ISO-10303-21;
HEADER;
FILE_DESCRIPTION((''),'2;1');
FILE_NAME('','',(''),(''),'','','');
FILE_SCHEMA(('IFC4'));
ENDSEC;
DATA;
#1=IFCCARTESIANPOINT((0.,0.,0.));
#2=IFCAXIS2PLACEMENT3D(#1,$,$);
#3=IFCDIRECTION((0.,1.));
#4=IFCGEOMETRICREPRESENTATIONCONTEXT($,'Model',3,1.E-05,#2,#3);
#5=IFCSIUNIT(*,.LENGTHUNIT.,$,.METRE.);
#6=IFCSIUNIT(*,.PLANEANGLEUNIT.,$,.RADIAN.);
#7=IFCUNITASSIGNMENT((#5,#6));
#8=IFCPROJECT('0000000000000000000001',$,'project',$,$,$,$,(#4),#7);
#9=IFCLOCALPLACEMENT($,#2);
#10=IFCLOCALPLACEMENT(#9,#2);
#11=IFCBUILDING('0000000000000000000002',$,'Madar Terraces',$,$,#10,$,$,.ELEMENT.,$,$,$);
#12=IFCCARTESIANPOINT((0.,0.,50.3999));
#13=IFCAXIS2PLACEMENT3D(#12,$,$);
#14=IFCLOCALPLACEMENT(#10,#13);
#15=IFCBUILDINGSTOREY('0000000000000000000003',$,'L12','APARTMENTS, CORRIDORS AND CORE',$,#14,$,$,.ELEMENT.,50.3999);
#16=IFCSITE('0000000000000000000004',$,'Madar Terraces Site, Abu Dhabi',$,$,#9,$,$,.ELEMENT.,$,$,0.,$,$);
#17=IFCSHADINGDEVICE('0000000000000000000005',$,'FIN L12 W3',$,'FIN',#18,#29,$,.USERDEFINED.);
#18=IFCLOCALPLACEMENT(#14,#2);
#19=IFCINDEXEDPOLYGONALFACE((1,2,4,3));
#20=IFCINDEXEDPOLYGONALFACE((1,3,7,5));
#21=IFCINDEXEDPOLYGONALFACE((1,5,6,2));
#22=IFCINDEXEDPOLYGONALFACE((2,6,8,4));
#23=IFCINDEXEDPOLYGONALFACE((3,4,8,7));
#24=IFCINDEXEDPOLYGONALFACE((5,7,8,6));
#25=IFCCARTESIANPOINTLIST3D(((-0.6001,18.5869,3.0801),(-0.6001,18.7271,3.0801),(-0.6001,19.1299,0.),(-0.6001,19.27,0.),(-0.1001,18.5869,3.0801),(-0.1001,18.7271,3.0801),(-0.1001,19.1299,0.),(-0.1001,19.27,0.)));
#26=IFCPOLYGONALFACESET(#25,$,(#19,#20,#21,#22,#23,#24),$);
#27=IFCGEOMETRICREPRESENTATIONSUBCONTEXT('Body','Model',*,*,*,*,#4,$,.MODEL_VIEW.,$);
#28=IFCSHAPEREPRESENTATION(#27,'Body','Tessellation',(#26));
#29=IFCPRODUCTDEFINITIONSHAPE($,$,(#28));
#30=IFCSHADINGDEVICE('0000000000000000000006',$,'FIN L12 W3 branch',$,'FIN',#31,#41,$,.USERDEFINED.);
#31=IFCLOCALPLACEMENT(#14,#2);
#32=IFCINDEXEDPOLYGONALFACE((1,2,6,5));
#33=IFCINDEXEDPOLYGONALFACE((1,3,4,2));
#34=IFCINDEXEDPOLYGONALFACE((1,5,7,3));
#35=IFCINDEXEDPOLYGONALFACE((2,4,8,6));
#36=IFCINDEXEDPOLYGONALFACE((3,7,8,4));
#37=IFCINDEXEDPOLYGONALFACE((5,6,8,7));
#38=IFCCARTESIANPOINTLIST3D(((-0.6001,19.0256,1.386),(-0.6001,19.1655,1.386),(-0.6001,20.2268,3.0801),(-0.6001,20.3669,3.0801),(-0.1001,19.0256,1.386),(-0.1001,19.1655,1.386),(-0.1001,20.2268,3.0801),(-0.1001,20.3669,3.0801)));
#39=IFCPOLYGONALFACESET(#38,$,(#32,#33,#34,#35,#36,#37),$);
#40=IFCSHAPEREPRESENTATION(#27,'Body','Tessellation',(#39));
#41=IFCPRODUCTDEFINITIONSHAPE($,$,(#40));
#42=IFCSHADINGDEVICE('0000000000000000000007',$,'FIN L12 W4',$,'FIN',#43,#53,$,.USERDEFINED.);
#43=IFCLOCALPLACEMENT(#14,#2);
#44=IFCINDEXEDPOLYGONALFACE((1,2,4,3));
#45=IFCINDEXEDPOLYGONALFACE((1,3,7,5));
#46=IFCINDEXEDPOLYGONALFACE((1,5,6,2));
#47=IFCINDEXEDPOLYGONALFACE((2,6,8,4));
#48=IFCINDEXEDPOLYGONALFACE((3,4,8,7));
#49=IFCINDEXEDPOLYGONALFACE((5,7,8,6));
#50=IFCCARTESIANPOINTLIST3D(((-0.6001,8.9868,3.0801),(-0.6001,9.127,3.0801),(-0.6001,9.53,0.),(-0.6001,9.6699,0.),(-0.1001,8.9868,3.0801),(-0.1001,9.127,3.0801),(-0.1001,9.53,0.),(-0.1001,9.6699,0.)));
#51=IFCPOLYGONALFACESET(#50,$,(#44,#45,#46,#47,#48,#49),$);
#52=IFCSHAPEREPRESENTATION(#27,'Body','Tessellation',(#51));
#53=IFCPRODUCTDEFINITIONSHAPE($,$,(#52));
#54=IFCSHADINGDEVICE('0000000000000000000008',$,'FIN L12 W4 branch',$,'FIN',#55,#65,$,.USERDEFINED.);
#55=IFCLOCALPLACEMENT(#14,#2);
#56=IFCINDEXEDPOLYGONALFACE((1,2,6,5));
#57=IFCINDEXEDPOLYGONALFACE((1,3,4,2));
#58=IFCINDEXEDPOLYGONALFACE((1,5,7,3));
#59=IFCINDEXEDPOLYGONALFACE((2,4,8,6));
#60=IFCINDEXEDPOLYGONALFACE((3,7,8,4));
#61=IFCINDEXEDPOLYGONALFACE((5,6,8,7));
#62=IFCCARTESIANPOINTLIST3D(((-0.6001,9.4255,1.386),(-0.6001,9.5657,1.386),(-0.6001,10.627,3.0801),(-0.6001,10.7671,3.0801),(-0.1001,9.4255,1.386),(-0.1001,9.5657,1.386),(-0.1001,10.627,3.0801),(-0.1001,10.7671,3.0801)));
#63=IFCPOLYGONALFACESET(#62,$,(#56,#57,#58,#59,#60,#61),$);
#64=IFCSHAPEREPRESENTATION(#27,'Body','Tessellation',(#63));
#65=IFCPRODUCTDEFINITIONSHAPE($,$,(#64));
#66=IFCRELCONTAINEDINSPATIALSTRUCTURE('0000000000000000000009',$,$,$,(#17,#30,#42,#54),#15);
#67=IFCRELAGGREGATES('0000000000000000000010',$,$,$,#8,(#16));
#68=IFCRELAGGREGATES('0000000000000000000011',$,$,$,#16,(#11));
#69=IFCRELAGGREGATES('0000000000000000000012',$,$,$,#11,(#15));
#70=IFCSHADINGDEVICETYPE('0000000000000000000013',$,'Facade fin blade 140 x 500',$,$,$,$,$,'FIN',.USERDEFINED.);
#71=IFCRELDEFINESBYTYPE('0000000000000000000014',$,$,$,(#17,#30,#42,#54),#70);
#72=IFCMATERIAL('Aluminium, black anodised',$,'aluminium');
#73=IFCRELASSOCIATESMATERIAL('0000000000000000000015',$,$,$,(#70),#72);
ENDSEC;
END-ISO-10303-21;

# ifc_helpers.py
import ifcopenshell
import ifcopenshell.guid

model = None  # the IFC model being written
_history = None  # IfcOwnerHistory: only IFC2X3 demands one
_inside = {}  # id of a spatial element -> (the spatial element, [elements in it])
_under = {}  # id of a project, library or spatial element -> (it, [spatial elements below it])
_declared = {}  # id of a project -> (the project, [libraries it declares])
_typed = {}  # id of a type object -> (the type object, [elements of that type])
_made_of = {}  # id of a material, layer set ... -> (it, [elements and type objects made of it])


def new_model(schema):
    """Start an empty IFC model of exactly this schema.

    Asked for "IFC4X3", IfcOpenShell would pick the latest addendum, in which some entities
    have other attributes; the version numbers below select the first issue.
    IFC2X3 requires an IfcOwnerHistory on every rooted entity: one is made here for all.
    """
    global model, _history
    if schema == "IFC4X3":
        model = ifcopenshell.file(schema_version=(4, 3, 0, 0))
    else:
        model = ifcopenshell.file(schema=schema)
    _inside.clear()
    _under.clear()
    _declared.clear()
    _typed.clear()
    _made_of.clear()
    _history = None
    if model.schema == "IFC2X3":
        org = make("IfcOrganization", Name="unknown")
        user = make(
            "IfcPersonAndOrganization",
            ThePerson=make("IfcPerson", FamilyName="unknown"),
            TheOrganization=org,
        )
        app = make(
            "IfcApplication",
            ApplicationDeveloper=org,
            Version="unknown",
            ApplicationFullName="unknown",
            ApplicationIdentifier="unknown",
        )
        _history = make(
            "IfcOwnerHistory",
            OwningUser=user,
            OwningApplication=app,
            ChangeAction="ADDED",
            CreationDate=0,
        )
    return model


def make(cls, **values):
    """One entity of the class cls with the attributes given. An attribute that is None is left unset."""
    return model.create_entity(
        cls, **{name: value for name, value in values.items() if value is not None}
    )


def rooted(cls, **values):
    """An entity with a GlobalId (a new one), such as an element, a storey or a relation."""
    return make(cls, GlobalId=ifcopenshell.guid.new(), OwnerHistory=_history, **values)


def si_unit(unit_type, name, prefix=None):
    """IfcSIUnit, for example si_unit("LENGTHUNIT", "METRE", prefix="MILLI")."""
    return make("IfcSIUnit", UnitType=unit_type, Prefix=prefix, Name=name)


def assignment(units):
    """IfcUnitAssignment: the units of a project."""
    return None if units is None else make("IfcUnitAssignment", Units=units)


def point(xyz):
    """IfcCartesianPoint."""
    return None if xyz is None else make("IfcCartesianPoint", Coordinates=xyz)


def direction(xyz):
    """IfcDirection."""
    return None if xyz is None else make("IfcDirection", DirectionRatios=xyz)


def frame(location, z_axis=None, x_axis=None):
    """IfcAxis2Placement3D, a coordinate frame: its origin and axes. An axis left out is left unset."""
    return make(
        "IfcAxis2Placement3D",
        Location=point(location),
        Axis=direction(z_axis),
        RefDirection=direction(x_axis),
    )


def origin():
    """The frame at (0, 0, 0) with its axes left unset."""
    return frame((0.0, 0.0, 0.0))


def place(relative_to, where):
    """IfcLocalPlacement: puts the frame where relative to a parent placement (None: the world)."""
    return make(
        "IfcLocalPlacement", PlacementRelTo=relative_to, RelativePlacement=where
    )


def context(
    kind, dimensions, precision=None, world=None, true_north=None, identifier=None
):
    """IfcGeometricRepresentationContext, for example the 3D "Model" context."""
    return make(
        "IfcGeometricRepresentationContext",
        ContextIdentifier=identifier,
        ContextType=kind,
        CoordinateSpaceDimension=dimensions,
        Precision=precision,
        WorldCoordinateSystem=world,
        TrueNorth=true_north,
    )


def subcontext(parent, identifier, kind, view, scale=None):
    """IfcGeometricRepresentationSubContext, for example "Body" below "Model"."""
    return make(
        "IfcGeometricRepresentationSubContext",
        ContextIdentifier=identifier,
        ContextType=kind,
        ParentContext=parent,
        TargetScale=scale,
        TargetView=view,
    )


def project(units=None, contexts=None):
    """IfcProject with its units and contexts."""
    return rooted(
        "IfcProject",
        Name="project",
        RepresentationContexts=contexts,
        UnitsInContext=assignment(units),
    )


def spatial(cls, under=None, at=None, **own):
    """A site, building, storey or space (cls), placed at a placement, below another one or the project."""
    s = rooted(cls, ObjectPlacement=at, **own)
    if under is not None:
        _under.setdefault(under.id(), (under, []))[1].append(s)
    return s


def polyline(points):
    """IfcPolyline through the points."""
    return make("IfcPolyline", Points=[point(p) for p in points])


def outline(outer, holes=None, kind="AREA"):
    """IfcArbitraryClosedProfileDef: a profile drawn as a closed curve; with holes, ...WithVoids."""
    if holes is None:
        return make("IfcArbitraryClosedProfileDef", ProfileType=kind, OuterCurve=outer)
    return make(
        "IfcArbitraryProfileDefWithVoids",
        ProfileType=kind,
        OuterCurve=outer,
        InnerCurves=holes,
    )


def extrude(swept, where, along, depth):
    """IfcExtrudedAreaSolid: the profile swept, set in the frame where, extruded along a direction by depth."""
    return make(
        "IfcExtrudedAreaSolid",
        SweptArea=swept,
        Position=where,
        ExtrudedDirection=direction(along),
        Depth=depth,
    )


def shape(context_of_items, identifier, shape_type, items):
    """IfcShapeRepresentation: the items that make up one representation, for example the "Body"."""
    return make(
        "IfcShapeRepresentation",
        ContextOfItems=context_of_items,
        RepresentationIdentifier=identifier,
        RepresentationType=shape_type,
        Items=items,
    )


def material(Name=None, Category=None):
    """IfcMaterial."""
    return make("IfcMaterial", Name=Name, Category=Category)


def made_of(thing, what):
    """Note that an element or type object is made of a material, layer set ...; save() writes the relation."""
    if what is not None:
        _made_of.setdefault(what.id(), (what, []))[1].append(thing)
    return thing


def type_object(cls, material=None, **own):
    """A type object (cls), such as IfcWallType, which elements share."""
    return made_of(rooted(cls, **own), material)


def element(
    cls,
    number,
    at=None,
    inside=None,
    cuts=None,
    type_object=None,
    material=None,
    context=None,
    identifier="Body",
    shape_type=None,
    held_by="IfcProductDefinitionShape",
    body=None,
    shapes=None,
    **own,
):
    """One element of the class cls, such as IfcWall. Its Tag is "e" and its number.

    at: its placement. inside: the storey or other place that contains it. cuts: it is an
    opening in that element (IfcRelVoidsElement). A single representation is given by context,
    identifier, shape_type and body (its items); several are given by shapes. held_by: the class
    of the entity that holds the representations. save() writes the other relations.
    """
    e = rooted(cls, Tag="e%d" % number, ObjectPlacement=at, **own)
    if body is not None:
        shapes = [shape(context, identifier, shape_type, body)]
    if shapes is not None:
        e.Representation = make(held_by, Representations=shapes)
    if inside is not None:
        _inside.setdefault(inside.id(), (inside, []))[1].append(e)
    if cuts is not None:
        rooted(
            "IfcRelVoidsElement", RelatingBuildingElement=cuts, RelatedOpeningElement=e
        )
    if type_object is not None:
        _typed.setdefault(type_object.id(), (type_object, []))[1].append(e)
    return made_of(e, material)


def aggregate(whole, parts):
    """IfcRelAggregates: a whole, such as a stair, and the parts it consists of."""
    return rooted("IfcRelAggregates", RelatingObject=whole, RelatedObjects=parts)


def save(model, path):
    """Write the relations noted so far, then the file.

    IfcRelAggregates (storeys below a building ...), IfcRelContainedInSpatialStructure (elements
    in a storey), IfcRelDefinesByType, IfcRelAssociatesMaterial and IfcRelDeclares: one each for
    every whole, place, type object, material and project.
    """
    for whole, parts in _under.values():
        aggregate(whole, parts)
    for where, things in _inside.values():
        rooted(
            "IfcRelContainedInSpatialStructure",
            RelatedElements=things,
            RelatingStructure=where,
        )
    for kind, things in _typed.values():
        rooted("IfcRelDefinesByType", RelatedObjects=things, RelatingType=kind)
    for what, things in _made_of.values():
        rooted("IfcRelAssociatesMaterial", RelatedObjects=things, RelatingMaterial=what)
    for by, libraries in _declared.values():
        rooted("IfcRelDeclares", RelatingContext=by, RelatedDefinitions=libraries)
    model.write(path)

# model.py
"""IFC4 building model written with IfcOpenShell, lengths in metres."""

from ifc_helpers import new_model, si_unit, direction, frame, origin, place, context, subcontext, project, spatial, polyline, outline, extrude, material, type_object, element, save


model = new_model("IFC4")

# Units and contexts
model_context = context("Model", 3, precision=1e-05, world=origin(), true_north=direction((0.0, 1.0)))
body_context = subcontext(model_context, "Body", "Model", "MODEL_VIEW")
ifc_project = project(units=[si_unit("LENGTHUNIT", "METRE"), si_unit("PLANEANGLEUNIT", "RADIAN")], contexts=[model_context])

# Site, building, storey
site_placement = place(None, origin())
site = spatial("IfcSite", under=ifc_project, at=site_placement, Name="Madar Terraces Site, Abu Dhabi", CompositionType="ELEMENT", RefElevation=0.0)
building_placement = place(site_placement, origin())
building = spatial("IfcBuilding", under=site, at=building_placement, Name="Madar Terraces", CompositionType="ELEMENT")
storey_placement = place(building_placement, frame((0.0, 0.0, 50.3999)))
storey = spatial("IfcBuildingStorey", under=building, at=storey_placement, Name="L12", Description="APARTMENTS, CORRIDORS AND CORE", CompositionType="ELEMENT", Elevation=50.3999)

# Shading devices
ifc_material_1 = material(Name="Aluminium, black anodised", Category="aluminium")
shading_device_type = type_object("IfcShadingDeviceType", Name="Facade fin blade 140 x 500", ElementType="FIN", PredefinedType="USERDEFINED", material=ifc_material_1)
shading_device_1_placement = place(storey_placement, frame((-0.3501, 19.27, 0.0), z_axis=(0.0, 0.0, 1.0), x_axis=(0.0, -1.0, 0.0)))
element("IfcShadingDevice", 1, at=shading_device_1_placement, inside=storey, type_object=shading_device_type, Name="FIN L12 W3", ObjectType="FIN", PredefinedType="USERDEFINED", context=body_context, shape_type="SweptSolid", body=[
    extrude(outline(polyline([(0.0, 0.0), (0.1401, 0.0), (0.6831, 3.0801), (0.543, 3.0801), (0.0, 0.0)])), frame((0.0, 0.25, 0.0), z_axis=(0.0, -1.0, 0.0), x_axis=(1.0, 0.0, 0.0)), (0.0, 0.0, 1.0), 0.5),
])
shading_device_2_placement = place(storey_placement, frame((-0.3501, 19.1655, 1.386), z_axis=(0.0, 0.0, 1.0), x_axis=(0.0, -1.0, 0.0)))
element("IfcShadingDevice", 2, at=shading_device_2_placement, inside=storey, type_object=shading_device_type, Name="FIN L12 W3 branch", ObjectType="FIN", PredefinedType="USERDEFINED", context=body_context, shape_type="SweptSolid", body=[
    extrude(outline(polyline([(0.0, 0.0), (0.1399, 0.0), (-1.0613, 1.6941), (-1.2014, 1.6941), (0.0, 0.0)])), frame((0.0, 0.25, 0.0), z_axis=(0.0, -1.0, 0.0), x_axis=(1.0, 0.0, 0.0)), (0.0, 0.0, 1.0), 0.5),
])
shading_device_3_placement = place(storey_placement, frame((-0.3501, 9.6699, 0.0), z_axis=(0.0, 0.0, 1.0), x_axis=(0.0, -1.0, 0.0)))
element("IfcShadingDevice", 3, at=shading_device_3_placement, inside=storey, type_object=shading_device_type, Name="FIN L12 W4", ObjectType="FIN", PredefinedType="USERDEFINED", context=body_context, shape_type="SweptSolid", body=[
    extrude(outline(polyline([(0.0, 0.0), (0.1399, 0.0), (0.6831, 3.0801), (0.543, 3.0801), (0.0, 0.0)])), frame((0.0, 0.25, 0.0), z_axis=(0.0, -1.0, 0.0), x_axis=(1.0, 0.0, 0.0)), (0.0, 0.0, 1.0), 0.5),
])
shading_device_4_placement = place(storey_placement, frame((-0.3501, 9.5657, 1.386), z_axis=(0.0, 0.0, 1.0), x_axis=(0.0, -1.0, 0.0)))
element("IfcShadingDevice", 4, at=shading_device_4_placement, inside=storey, type_object=shading_device_type, Name="FIN L12 W4 branch", ObjectType="FIN", PredefinedType="USERDEFINED", context=body_context, shape_type="SweptSolid", body=[
    extrude(outline(polyline([(0.0, 0.0), (0.1401, 0.0), (-1.0613, 1.6941), (-1.2014, 1.6941), (0.0, 0.0)])), frame((0.0, 0.25, 0.0), z_axis=(0.0, -1.0, 0.0), x_axis=(1.0, 0.0, 0.0)), (0.0, 0.0, 1.0), 0.5),
])

save(model, "model.ifc")
